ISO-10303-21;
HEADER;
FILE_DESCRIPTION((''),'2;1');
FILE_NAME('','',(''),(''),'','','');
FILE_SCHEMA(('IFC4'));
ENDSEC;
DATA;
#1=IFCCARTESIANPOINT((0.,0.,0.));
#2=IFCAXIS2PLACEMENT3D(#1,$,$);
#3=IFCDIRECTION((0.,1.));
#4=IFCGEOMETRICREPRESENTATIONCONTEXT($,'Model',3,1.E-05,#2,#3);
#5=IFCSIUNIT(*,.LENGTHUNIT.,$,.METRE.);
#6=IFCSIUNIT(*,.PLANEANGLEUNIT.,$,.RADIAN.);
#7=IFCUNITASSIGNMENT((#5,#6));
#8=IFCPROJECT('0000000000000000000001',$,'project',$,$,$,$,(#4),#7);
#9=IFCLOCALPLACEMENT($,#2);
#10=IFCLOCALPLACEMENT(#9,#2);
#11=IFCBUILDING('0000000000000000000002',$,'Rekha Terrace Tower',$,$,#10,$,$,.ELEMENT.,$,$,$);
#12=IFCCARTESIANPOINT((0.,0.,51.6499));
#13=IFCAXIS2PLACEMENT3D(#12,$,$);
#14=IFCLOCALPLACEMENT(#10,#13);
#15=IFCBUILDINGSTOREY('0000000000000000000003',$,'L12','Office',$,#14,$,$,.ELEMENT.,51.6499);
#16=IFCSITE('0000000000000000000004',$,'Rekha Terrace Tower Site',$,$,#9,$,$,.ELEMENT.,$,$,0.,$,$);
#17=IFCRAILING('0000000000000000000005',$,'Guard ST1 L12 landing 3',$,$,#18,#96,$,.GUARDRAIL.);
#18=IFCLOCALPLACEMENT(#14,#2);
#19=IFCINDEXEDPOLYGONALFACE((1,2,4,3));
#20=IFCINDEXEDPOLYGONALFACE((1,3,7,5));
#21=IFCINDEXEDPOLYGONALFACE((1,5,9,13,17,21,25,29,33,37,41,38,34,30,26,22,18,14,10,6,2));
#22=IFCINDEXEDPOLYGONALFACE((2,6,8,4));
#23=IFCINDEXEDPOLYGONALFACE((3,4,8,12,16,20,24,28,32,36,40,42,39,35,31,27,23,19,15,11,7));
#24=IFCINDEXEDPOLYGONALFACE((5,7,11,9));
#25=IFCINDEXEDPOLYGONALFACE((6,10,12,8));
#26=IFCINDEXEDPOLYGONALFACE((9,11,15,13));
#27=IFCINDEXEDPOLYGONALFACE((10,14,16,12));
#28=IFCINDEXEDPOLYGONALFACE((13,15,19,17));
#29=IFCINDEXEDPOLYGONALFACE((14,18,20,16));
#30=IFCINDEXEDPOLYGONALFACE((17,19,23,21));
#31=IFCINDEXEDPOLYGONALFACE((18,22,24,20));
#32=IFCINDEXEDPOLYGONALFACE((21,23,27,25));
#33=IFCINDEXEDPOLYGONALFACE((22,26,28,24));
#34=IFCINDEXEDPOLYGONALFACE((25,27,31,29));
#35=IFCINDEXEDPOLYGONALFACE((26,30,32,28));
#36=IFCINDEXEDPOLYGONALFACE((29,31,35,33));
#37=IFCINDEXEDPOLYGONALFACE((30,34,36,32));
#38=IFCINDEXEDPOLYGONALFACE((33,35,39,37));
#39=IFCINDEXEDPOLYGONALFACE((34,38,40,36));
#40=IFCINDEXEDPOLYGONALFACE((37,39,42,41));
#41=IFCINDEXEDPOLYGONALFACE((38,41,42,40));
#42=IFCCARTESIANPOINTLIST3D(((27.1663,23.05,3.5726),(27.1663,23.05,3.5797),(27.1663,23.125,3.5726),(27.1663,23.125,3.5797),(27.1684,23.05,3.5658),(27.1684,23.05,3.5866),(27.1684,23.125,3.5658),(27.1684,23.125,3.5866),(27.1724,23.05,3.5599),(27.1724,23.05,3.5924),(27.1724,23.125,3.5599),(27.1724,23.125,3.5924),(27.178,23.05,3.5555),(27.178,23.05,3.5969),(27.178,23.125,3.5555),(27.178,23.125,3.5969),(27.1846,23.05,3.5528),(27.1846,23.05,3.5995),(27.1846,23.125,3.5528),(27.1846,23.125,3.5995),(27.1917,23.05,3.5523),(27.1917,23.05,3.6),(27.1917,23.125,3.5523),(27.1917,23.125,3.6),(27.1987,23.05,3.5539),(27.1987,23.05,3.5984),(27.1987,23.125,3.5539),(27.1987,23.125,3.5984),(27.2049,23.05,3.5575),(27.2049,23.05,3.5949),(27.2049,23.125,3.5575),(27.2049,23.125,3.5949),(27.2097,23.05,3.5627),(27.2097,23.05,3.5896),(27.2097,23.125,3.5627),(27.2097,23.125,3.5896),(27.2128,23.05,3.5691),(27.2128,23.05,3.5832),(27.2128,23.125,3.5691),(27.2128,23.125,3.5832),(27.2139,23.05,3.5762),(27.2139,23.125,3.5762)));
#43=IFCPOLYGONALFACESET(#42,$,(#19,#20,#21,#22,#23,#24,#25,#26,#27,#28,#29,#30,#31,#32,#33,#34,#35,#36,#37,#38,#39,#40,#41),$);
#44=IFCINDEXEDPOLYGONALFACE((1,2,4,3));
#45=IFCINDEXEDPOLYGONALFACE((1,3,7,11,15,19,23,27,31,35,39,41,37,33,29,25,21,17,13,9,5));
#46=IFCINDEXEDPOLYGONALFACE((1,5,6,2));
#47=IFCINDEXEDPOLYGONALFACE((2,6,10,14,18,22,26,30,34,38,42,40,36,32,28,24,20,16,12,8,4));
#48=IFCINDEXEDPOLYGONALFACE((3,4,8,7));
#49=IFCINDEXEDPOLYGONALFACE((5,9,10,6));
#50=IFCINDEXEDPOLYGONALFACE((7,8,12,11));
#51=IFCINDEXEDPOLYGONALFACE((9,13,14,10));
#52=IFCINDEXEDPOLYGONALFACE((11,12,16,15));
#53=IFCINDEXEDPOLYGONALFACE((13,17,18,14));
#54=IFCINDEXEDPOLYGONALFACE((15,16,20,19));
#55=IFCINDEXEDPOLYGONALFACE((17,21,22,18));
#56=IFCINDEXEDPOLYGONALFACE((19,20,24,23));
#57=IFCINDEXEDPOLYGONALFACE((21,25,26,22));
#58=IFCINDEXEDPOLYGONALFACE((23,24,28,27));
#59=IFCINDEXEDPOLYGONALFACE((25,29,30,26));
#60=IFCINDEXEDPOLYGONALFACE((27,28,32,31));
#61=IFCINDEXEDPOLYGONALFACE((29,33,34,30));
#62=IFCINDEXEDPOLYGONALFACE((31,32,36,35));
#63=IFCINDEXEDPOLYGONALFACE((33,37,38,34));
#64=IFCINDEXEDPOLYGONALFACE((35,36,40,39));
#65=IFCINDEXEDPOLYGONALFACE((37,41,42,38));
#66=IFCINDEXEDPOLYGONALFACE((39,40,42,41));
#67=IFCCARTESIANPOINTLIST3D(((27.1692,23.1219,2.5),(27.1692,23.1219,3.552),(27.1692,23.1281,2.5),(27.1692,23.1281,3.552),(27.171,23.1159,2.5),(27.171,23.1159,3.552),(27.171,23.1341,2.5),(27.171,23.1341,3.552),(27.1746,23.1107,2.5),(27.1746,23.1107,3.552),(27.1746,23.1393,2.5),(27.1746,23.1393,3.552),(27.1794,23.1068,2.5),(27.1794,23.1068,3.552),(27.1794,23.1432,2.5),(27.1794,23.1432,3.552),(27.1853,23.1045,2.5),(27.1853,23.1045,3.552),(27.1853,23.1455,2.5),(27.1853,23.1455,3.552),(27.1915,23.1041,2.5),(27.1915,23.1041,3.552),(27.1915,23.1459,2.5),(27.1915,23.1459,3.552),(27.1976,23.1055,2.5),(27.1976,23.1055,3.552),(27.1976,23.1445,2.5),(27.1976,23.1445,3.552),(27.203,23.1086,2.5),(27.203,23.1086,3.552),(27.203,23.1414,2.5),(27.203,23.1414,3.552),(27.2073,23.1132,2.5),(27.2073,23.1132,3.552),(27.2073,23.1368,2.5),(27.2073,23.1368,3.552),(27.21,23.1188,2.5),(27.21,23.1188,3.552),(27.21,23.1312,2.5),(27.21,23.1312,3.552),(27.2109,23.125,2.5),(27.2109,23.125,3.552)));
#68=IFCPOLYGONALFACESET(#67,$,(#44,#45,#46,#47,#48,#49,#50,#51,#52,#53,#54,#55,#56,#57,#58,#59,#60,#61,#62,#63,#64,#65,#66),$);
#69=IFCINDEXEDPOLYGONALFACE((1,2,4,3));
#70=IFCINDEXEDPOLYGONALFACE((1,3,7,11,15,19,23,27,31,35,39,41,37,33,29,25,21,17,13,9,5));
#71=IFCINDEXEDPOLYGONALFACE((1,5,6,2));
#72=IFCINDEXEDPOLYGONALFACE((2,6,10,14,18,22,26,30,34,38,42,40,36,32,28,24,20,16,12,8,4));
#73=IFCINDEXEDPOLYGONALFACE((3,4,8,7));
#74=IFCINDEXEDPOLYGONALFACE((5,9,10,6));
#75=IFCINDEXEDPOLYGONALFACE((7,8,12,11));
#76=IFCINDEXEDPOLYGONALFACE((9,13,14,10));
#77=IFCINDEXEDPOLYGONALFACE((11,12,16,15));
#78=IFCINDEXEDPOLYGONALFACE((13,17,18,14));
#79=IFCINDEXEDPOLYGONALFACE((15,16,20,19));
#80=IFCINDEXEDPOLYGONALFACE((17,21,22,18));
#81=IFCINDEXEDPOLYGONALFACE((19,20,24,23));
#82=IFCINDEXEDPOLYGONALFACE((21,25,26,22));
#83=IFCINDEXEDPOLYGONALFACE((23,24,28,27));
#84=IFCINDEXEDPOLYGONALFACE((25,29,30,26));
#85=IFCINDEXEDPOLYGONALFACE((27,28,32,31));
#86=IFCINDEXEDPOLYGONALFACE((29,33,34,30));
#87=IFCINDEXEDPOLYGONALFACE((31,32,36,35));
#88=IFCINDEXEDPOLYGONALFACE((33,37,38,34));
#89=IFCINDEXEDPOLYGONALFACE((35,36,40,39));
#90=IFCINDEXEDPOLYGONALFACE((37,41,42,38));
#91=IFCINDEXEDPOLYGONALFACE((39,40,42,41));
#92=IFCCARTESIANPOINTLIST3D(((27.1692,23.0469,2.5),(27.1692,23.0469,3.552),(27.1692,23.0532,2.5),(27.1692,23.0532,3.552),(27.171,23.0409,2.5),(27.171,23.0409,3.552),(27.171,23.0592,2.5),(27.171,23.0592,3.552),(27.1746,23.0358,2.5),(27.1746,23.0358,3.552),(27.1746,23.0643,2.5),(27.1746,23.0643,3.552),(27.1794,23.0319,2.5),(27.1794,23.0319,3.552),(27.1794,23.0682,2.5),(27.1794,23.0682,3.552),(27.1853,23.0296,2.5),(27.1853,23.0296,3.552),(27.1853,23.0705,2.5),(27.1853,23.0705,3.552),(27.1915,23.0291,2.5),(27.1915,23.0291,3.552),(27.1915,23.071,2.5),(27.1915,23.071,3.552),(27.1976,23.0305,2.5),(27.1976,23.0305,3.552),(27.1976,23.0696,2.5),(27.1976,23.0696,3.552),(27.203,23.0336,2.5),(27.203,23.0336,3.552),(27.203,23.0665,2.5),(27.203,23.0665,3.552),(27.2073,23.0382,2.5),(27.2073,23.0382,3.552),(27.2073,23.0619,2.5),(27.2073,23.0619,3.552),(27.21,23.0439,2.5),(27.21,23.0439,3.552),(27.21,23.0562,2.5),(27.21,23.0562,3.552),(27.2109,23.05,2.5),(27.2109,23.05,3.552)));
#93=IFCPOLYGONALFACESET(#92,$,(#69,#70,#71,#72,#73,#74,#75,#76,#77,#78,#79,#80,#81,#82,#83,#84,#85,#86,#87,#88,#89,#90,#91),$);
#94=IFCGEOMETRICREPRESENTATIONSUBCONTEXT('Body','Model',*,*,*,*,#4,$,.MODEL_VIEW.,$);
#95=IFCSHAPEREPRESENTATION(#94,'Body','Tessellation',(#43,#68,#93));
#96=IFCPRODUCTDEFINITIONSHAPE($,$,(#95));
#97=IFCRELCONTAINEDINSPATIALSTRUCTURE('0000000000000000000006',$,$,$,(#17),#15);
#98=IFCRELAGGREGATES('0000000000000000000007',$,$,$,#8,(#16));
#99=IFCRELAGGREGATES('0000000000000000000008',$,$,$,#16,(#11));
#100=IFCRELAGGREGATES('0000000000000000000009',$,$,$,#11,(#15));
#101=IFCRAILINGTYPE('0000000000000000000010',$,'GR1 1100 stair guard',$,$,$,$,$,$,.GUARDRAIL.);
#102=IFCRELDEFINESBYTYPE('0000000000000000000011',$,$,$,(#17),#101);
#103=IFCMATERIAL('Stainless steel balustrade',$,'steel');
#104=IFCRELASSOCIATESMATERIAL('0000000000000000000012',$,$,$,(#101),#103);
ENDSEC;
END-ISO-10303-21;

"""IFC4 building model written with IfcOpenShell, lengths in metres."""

from ifc_helpers import new_model, si_unit, direction, frame, origin, origin_2d, place, context, subcontext, project, spatial, circle, extrude, material, type_object, element, save


model = new_model("IFC4")

# Units and contexts
model_context = context("Model", 3, precision=1e-05, world=origin(), true_north=direction((0.0, 1.0)))
body_context = subcontext(model_context, "Body", "Model", "MODEL_VIEW")
ifc_project = project(units=[si_unit("LENGTHUNIT", "METRE"), si_unit("PLANEANGLEUNIT", "RADIAN")], contexts=[model_context])

# Site, building, storey
site_placement = place(None, origin())
site = spatial("IfcSite", under=ifc_project, at=site_placement, Name="Rekha Terrace Tower Site", CompositionType="ELEMENT", RefElevation=0.0)
building_placement = place(site_placement, origin())
building = spatial("IfcBuilding", under=site, at=building_placement, Name="Rekha Terrace Tower", CompositionType="ELEMENT")
storey_placement = place(building_placement, frame((0.0, 0.0, 51.6499)))
storey = spatial("IfcBuildingStorey", under=building, at=storey_placement, Name="L12", Description="Office", CompositionType="ELEMENT", Elevation=51.6499)

# Railing
ifc_material_1 = material(Name="Stainless steel balustrade", Category="steel")
railing_type_1 = type_object("IfcRailingType", Name="GR1 1100 stair guard", PredefinedType="GUARDRAIL", material=ifc_material_1)
railing_1_placement = place(storey_placement, frame((27.1899, 23.125, 2.5)))
element("IfcRailing", 1, at=railing_1_placement, inside=storey, type_object=railing_type_1, Name="Guard ST1 L12 landing 3", PredefinedType="GUARDRAIL", context=body_context, shape_type="SweptSolid", body=[
    extrude(circle(Radius=0.0239, at=origin_2d()), frame((0.0, 0.0, 1.0762), z_axis=(0.0, -1.0, 0.0), x_axis=(1.0, 0.0, 0.0)), (0.0, 0.0, 1.0), 0.075),
    extrude(circle(Radius=0.021, at=origin_2d()), origin(), (0.0, 0.0, 1.0), 1.052),
    extrude(circle(Radius=0.021, at=origin_2d()), frame((0.0, -0.075, 0.0)), (0.0, 0.0, 1.0), 1.052),
])

save(model, "model.ifc")
